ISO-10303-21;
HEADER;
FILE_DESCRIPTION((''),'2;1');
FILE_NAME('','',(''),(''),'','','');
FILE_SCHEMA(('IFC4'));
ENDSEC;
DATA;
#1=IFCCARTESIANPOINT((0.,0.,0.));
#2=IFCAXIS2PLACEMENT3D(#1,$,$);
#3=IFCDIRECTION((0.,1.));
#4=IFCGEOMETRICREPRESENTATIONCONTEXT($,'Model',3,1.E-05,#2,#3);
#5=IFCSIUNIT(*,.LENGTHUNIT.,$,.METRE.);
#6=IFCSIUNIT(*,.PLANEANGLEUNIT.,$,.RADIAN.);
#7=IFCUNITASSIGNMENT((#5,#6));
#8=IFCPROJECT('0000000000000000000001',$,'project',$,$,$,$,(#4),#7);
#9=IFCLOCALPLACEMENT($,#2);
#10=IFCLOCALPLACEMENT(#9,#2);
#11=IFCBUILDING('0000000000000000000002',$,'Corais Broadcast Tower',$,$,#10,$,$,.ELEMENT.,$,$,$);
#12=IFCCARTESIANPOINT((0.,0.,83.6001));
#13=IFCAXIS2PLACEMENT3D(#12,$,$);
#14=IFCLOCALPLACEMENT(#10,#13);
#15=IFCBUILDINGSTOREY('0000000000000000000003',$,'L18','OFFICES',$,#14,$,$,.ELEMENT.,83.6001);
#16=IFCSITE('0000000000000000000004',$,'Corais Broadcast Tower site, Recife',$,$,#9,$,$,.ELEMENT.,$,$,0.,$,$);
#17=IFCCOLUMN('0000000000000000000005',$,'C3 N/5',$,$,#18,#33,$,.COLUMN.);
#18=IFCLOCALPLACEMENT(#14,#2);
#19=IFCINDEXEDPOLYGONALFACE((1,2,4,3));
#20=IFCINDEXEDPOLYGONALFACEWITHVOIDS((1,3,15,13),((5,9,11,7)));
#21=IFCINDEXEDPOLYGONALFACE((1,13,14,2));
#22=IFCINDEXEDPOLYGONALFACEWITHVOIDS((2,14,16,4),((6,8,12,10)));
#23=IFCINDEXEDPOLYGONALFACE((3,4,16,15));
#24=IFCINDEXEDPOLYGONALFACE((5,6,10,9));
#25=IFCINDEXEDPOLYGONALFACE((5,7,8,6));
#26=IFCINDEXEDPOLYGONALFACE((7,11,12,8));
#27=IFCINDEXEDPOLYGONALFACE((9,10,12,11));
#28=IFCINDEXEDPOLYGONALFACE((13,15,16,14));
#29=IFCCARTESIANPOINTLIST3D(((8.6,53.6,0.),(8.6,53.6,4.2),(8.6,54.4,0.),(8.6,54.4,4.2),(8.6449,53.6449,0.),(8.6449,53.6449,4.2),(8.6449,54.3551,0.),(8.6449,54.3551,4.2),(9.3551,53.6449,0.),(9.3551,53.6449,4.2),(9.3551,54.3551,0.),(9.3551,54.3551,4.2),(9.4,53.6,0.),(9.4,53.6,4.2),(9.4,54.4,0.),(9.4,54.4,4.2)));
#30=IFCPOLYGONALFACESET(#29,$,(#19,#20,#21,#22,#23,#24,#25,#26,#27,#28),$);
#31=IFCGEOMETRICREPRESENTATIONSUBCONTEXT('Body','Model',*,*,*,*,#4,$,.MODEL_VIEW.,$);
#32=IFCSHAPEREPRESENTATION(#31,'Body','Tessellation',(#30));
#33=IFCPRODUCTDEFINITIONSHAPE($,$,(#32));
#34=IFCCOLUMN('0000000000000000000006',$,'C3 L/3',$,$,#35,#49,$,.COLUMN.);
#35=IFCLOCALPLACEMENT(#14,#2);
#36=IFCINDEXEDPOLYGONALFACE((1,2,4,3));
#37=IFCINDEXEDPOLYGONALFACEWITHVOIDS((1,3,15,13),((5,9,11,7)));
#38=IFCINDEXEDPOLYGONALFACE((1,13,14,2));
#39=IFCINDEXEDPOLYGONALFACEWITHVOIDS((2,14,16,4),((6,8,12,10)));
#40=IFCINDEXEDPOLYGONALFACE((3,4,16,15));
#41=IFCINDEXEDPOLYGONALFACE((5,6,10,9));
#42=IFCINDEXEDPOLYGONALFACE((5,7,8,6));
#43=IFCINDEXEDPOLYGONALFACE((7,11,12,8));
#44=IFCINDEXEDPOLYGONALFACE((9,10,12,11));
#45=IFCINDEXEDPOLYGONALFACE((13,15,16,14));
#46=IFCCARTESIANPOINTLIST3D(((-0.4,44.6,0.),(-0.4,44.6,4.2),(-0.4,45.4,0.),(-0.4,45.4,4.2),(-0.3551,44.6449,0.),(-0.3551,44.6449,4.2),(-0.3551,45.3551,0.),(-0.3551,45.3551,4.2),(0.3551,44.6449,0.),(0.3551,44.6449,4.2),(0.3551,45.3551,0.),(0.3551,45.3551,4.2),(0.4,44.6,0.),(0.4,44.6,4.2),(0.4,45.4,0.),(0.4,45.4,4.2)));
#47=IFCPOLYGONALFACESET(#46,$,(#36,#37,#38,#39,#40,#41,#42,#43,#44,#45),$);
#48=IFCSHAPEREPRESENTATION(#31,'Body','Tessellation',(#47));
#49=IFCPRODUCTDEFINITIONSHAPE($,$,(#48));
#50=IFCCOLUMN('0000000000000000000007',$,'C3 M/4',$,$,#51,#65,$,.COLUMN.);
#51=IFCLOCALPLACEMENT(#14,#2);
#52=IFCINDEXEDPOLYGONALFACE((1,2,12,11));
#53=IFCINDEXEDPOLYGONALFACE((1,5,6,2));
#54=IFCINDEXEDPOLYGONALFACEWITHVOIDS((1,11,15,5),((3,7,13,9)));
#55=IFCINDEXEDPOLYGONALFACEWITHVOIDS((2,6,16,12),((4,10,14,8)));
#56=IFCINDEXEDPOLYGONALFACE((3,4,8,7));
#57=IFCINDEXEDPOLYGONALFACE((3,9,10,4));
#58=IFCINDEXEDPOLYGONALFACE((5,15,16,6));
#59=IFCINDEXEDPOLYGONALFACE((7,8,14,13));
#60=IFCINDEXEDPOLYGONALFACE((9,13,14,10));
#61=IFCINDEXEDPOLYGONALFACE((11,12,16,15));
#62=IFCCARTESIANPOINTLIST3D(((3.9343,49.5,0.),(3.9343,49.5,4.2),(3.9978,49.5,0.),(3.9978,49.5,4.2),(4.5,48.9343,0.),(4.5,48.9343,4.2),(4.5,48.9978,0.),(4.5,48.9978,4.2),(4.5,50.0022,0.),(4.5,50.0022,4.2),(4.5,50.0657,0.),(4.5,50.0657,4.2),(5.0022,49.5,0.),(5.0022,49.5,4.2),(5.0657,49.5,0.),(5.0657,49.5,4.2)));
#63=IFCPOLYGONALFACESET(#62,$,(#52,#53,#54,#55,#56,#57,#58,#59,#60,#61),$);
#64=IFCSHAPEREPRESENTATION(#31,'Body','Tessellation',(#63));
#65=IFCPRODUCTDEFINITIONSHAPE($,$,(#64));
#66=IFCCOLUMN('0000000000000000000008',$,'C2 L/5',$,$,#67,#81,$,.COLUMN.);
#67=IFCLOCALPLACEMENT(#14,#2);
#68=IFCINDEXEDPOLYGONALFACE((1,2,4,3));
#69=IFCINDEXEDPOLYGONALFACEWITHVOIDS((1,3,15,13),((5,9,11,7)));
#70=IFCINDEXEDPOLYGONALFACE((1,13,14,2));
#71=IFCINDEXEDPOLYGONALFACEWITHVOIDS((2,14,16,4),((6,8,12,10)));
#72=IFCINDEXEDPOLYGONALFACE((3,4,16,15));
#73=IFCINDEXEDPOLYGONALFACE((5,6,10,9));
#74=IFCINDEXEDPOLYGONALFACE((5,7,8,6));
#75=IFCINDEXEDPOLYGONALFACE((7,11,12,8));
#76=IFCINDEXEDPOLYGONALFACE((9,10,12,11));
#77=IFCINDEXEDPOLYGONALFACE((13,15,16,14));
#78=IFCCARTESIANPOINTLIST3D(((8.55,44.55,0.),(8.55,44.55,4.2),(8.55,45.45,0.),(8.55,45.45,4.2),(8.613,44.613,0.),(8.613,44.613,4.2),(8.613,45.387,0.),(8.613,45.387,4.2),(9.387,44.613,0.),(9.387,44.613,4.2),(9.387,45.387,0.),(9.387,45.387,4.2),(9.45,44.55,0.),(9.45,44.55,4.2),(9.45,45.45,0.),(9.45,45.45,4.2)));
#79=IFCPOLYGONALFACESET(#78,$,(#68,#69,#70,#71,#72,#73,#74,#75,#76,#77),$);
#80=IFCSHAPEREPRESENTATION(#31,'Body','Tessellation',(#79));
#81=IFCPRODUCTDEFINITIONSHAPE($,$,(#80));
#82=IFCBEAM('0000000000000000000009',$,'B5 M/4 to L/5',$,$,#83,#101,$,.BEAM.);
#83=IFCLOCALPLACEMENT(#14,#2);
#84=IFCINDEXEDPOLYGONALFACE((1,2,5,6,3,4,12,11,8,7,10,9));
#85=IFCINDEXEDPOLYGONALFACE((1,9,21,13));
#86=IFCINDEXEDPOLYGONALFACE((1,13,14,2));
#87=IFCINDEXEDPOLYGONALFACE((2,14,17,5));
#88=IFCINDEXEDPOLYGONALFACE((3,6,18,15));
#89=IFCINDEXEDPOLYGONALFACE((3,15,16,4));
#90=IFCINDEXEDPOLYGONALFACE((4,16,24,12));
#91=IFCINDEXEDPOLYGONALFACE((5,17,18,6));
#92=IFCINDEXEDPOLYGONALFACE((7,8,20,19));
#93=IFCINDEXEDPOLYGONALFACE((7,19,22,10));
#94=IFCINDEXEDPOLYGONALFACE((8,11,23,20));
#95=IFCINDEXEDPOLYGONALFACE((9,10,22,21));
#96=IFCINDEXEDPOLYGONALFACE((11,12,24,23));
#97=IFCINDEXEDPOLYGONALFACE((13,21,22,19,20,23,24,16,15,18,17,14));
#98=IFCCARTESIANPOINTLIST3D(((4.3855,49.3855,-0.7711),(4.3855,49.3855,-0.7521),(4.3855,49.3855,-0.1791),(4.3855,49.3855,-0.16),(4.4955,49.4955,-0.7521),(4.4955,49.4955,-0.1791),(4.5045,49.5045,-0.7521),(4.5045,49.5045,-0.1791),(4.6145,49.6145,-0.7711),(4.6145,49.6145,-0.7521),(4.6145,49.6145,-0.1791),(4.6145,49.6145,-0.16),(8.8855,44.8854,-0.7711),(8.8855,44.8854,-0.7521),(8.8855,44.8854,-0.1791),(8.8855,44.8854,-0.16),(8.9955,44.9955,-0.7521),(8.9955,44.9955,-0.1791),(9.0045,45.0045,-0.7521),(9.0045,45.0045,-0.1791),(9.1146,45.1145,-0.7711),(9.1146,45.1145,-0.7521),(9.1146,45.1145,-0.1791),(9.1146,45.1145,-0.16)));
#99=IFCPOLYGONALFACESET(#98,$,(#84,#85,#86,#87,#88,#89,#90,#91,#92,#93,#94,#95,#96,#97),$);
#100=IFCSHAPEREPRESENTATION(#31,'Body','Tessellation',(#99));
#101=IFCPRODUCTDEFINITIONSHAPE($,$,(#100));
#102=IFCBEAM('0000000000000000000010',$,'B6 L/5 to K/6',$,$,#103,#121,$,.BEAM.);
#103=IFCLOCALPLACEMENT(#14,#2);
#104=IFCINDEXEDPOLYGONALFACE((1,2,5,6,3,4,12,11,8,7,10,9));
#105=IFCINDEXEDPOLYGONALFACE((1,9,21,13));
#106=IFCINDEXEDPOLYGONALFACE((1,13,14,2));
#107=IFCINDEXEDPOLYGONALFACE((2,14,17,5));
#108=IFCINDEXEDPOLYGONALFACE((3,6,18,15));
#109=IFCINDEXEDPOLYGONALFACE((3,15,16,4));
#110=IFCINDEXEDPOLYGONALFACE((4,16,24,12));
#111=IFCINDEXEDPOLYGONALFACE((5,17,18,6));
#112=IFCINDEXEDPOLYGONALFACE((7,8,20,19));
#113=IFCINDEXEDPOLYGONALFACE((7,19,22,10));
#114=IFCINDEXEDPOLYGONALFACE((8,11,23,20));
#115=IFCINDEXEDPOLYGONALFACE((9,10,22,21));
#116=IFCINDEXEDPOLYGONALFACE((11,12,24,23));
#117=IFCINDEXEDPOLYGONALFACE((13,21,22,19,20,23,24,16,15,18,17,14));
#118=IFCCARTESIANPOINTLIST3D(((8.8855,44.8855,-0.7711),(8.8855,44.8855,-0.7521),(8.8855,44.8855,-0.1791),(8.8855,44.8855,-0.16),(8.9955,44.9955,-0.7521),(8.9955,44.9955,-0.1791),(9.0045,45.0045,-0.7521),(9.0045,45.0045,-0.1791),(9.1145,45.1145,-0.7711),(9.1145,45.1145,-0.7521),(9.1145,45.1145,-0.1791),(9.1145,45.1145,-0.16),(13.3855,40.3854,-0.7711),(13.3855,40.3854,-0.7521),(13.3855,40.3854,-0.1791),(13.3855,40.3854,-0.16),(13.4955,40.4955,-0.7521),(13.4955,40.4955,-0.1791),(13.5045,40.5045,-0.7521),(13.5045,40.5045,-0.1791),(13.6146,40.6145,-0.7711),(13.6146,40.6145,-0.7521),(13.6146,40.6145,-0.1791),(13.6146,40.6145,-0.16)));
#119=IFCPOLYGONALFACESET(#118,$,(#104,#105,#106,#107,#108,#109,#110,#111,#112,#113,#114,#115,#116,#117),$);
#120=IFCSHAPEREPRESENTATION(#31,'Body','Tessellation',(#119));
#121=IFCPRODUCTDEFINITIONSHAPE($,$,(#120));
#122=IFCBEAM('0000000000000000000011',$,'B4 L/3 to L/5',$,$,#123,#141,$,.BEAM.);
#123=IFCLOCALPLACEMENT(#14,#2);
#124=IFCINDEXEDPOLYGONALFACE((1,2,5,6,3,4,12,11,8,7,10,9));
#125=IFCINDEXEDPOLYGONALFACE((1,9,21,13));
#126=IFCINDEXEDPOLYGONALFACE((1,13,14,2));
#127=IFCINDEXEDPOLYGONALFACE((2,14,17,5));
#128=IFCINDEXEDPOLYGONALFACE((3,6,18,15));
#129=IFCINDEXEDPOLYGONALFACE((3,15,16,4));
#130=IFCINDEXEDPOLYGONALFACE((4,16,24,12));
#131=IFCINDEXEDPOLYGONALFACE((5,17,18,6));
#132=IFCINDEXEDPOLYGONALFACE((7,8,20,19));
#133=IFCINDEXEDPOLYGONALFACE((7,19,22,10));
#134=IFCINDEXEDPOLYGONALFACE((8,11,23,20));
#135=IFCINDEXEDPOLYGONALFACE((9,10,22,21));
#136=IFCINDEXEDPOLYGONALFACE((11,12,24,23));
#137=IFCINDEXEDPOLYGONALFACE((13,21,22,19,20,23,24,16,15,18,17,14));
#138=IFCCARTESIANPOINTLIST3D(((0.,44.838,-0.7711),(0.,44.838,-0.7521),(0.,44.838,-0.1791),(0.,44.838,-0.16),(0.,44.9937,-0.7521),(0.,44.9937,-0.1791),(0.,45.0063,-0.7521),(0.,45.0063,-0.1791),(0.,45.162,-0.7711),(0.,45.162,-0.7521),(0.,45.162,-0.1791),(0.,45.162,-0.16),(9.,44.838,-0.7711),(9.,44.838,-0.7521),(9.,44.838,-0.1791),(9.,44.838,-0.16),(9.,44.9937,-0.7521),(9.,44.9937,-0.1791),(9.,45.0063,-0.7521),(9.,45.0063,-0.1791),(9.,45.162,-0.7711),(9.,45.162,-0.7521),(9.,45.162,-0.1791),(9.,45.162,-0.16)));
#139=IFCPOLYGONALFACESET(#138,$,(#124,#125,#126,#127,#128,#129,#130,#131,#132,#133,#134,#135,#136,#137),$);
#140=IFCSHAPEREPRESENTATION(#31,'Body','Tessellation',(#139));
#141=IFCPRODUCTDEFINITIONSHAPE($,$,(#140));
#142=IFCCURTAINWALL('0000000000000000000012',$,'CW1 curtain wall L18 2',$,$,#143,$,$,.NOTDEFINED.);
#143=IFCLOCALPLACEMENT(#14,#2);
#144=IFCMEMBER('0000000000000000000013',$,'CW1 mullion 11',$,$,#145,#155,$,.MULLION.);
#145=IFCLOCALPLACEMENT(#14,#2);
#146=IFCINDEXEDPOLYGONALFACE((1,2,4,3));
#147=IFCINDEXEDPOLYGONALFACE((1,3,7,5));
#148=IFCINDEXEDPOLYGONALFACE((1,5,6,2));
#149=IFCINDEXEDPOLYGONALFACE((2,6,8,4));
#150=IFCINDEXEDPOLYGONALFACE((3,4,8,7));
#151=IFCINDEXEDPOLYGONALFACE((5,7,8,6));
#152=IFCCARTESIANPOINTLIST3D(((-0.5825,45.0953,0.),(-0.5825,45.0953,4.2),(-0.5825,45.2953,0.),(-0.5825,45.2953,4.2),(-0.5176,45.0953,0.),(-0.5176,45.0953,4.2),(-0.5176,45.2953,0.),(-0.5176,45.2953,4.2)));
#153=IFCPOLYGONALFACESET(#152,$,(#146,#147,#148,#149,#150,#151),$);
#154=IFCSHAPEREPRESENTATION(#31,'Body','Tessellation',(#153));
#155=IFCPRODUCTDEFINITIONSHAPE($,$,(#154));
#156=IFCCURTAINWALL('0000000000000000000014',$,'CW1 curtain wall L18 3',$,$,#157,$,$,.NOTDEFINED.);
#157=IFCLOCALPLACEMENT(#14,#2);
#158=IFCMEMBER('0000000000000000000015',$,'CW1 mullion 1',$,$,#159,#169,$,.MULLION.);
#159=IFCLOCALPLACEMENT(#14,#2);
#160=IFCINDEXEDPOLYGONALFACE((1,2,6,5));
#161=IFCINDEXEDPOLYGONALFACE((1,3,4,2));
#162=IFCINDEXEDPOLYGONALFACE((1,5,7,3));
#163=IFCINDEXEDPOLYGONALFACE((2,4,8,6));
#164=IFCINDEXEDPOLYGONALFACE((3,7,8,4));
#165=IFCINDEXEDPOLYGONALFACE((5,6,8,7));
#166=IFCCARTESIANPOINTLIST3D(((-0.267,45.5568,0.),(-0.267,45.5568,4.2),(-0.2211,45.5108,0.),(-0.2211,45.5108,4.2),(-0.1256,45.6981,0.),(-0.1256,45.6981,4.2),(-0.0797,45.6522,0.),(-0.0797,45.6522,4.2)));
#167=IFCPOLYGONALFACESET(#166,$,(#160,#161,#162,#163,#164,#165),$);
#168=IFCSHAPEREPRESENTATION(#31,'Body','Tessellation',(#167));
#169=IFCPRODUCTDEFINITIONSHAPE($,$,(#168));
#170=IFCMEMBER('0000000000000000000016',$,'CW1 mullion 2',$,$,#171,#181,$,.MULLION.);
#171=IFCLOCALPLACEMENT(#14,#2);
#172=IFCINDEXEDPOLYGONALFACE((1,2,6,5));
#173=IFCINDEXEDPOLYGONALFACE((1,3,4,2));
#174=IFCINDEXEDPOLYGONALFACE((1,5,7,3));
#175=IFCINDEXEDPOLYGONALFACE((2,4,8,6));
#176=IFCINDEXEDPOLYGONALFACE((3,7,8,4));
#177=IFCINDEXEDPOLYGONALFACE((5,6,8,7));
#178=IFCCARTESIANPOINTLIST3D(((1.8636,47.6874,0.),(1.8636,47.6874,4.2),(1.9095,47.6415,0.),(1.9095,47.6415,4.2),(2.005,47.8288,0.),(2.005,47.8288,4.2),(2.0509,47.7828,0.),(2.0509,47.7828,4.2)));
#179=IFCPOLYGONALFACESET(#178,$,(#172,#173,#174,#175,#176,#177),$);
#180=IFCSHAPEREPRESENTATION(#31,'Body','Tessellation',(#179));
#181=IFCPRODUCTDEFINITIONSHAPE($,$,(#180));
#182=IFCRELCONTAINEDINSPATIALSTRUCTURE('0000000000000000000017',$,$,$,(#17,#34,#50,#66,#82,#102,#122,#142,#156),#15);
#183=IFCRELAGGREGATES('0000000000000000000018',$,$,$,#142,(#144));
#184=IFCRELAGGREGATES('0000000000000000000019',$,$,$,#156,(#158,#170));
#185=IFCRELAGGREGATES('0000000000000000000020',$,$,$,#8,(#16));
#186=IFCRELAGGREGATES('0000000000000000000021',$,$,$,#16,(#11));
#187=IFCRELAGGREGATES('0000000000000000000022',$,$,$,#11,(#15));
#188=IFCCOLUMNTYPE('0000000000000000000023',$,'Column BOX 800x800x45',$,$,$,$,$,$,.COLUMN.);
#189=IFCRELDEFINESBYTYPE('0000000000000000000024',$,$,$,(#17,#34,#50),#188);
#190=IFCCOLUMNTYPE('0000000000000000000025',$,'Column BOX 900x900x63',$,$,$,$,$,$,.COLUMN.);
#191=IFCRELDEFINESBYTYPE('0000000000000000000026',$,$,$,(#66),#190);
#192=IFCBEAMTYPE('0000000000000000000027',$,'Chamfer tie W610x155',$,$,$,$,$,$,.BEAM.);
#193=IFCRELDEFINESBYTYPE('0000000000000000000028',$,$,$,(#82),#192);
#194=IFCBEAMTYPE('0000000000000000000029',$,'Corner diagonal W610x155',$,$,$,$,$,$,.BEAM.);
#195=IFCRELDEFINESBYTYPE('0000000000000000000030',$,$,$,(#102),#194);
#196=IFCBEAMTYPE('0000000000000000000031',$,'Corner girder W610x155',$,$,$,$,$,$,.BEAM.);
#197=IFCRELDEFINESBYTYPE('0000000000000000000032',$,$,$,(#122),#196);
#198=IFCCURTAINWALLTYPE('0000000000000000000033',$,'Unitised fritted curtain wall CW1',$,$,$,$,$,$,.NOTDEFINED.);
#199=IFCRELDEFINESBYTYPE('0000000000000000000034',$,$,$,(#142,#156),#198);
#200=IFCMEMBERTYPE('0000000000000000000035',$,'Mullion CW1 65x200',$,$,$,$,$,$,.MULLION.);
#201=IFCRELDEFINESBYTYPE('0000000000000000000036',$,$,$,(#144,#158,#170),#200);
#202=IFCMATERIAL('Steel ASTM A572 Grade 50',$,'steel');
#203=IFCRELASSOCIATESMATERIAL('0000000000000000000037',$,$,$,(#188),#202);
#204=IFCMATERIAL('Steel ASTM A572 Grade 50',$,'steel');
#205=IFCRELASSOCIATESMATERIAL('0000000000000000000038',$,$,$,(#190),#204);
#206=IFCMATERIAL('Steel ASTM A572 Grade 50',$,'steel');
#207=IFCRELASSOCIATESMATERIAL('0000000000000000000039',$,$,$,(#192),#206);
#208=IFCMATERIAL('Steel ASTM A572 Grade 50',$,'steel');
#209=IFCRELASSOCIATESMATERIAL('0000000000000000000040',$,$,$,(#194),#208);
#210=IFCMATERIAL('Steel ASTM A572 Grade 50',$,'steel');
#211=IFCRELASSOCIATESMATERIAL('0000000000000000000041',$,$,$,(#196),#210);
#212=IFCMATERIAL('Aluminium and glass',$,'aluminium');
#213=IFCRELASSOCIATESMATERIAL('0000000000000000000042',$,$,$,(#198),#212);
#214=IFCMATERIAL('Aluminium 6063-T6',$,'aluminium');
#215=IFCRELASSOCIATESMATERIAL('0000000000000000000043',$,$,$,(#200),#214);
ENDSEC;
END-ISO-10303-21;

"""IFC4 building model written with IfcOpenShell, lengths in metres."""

from ifc_helpers import new_model, si_unit, direction, frame, origin, origin_2d, place, context, subcontext, project, spatial, rectangle, hollow_rectangle, i_section, extrude, material, material_profile, profile_set, type_object, element, aggregate, save


model = new_model("IFC4")

# Units and contexts
model_context = context("Model", 3, precision=1e-05, world=origin(), true_north=direction((0.0, 1.0)))
body_context = subcontext(model_context, "Body", "Model", "MODEL_VIEW")
ifc_project = project(units=[si_unit("LENGTHUNIT", "METRE"), si_unit("PLANEANGLEUNIT", "RADIAN")], contexts=[model_context])

# Site, building, storey
site_placement = place(None, origin())
site = spatial("IfcSite", under=ifc_project, at=site_placement, Name="Corais Broadcast Tower site, Recife", CompositionType="ELEMENT", RefElevation=0.0)
building_placement = place(site_placement, origin())
building = spatial("IfcBuilding", under=site, at=building_placement, Name="Corais Broadcast Tower", CompositionType="ELEMENT")
storey_placement = place(building_placement, frame((0.0, 0.0, 83.6001)))
storey = spatial("IfcBuildingStorey", under=building, at=storey_placement, Name="L18", Description="OFFICES", CompositionType="ELEMENT", Elevation=83.6001)

# Columns
ifc_material_1 = material(Name="Steel ASTM A572 Grade 50", Category="steel")
ifc_material_profile_1 = material_profile(ifc_material_1, hollow_rectangle(XDim=0.8, YDim=0.8, WallThickness=0.0449, at=origin_2d()), Name="BOX 800x800x45")
ifc_profile_set_1 = profile_set([ifc_material_profile_1], Name="Steel ASTM A572 Grade 50")
column_type_1 = type_object("IfcColumnType", Name="Column BOX 800x800x45", PredefinedType="COLUMN", material=ifc_profile_set_1)
for number, where, z_axis, x_axis, name in (
    (1, (9.0, 54.0, 0.0), (0.0, 0.0, 1.0), (1.0, 0.0, 0.0), "C3 N/5"),
    (2, (0.0, 45.0, 0.0), (0.0, 0.0, 1.0), (1.0, 0.0, 0.0), "C3 L/3"),
    (3, (4.5, 49.5, 0.0), (0.0, 0.0, 1.0), (0.707107, 0.707107, 0.0), "C3 M/4"),
):
    element("IfcColumn", number, at=place(storey_placement, frame(where, z_axis=z_axis, x_axis=x_axis)), inside=storey, type_object=column_type_1, Name=name, PredefinedType="COLUMN", context=body_context, shape_type="SweptSolid", body=[
        extrude(hollow_rectangle(XDim=0.8, YDim=0.8, WallThickness=0.0449, at=origin_2d()), origin(), (0.0, 0.0, 1.0), 4.2),
    ])
ifc_material_2 = material(Name="Steel ASTM A572 Grade 50", Category="steel")
ifc_material_profile_2 = material_profile(ifc_material_2, hollow_rectangle(XDim=0.8999, YDim=0.8999, WallThickness=0.063, at=origin_2d()), Name="BOX 900x900x63")
ifc_profile_set_2 = profile_set([ifc_material_profile_2], Name="Steel ASTM A572 Grade 50")
column_type_2 = type_object("IfcColumnType", Name="Column BOX 900x900x63", PredefinedType="COLUMN", material=ifc_profile_set_2)
column_placement = place(storey_placement, frame((9.0, 45.0, 0.0), z_axis=(0.0, 0.0, 1.0), x_axis=(1.0, 0.0, 0.0)))
element("IfcColumn", 4, at=column_placement, inside=storey, type_object=column_type_2, Name="C2 L/5", PredefinedType="COLUMN", context=body_context, shape_type="SweptSolid", body=[
    extrude(hollow_rectangle(XDim=0.8999, YDim=0.8999, WallThickness=0.063, at=origin_2d()), origin(), (0.0, 0.0, 1.0), 4.2),
])

# Beams
ifc_material_3 = material(Name="Steel ASTM A572 Grade 50", Category="steel")
ifc_material_profile_3 = material_profile(ifc_material_3, i_section(OverallWidth=0.324, OverallDepth=0.6111, WebThickness=0.0127, FlangeThickness=0.019, at=origin_2d()), Name="W610x155")
ifc_profile_set_3 = profile_set([ifc_material_profile_3], Name="Steel ASTM A572 Grade 50")
beam_type_1 = type_object("IfcBeamType", Name="Chamfer tie W610x155", PredefinedType="BEAM", material=ifc_profile_set_3)
beam_1_placement = place(storey_placement, frame((4.5, 49.5, -0.4656), z_axis=(0.707107, -0.707107, 0.0), x_axis=(0.707107, 0.707107, 0.0)))
element("IfcBeam", 5, at=beam_1_placement, inside=storey, type_object=beam_type_1, Name="B5 M/4 to L/5", PredefinedType="BEAM", context=body_context, shape_type="SweptSolid", body=[
    extrude(i_section(OverallWidth=0.324, OverallDepth=0.6111, WebThickness=0.0127, FlangeThickness=0.019, at=origin_2d()), origin(), (0.0, 0.0, 1.0), 6.364),
])
ifc_material_4 = material(Name="Steel ASTM A572 Grade 50", Category="steel")
ifc_material_profile_4 = material_profile(ifc_material_4, i_section(OverallWidth=0.324, OverallDepth=0.6111, WebThickness=0.0127, FlangeThickness=0.019, at=origin_2d()), Name="W610x155")
ifc_profile_set_4 = profile_set([ifc_material_profile_4], Name="Steel ASTM A572 Grade 50")
beam_type_2 = type_object("IfcBeamType", Name="Corner diagonal W610x155", PredefinedType="BEAM", material=ifc_profile_set_4)
beam_2_placement = place(storey_placement, frame((9.0, 45.0, -0.4656), z_axis=(0.707107, -0.707107, 0.0), x_axis=(0.707107, 0.707107, 0.0)))
element("IfcBeam", 6, at=beam_2_placement, inside=storey, type_object=beam_type_2, Name="B6 L/5 to K/6", PredefinedType="BEAM", context=body_context, shape_type="SweptSolid", body=[
    extrude(i_section(OverallWidth=0.324, OverallDepth=0.6111, WebThickness=0.0127, FlangeThickness=0.019, at=origin_2d()), origin(), (0.0, 0.0, 1.0), 6.364),
])
ifc_material_5 = material(Name="Steel ASTM A572 Grade 50", Category="steel")
ifc_material_profile_5 = material_profile(ifc_material_5, i_section(OverallWidth=0.324, OverallDepth=0.6111, WebThickness=0.0127, FlangeThickness=0.019, at=origin_2d()), Name="W610x155")
ifc_profile_set_5 = profile_set([ifc_material_profile_5], Name="Steel ASTM A572 Grade 50")
beam_type_3 = type_object("IfcBeamType", Name="Corner girder W610x155", PredefinedType="BEAM", material=ifc_profile_set_5)
beam_3_placement = place(storey_placement, frame((0.0, 45.0, -0.4656), z_axis=(1.0, 0.0, 0.0), x_axis=(0.0, 1.0, 0.0)))
element("IfcBeam", 7, at=beam_3_placement, inside=storey, type_object=beam_type_3, Name="B4 L/3 to L/5", PredefinedType="BEAM", context=body_context, shape_type="SweptSolid", body=[
    extrude(i_section(OverallWidth=0.324, OverallDepth=0.6111, WebThickness=0.0127, FlangeThickness=0.019, at=origin_2d()), origin(), (0.0, 0.0, 1.0), 9.0),
])

# Curtain wall, member
ifc_material_6 = material(Name="Aluminium and glass", Category="aluminium")
curtain_wall_type = type_object("IfcCurtainWallType", Name="Unitised fritted curtain wall CW1", PredefinedType="NOTDEFINED", material=ifc_material_6)
curtain_wall_1_placement = place(storey_placement, origin())
curtain_wall_1 = element("IfcCurtainWall", 8, at=curtain_wall_1_placement, inside=storey, type_object=curtain_wall_type, Name="CW1 curtain wall L18 2", PredefinedType="NOTDEFINED")
ifc_material_7 = material(Name="Aluminium 6063-T6", Category="aluminium")
ifc_material_profile_6 = material_profile(ifc_material_7, rectangle(XDim=0.0649, YDim=0.2, at=origin_2d()), Name="Mullion CW1 65x200")
ifc_profile_set_6 = profile_set([ifc_material_profile_6], Name="Aluminium 6063-T6")
member_type_1 = type_object("IfcMemberType", Name="Mullion CW1 65x200", PredefinedType="MULLION", material=ifc_profile_set_6)
member_1_placement = place(storey_placement, frame((-0.55, 45.1953, 0.0), z_axis=(0.0, 0.0, 1.0), x_axis=(-1.0, 0.0, 0.0)))
member_1 = element("IfcMember", 9, at=member_1_placement, type_object=member_type_1, Name="CW1 mullion 11", PredefinedType="MULLION", context=body_context, shape_type="SweptSolid", body=[
    extrude(rectangle(XDim=0.0649, YDim=0.2, at=origin_2d()), origin(), (0.0, 0.0, 1.0), 4.2),
])
aggregate(curtain_wall_1, [member_1])

# Curtain wall, members
curtain_wall_2_placement = place(storey_placement, origin())
curtain_wall_2 = element("IfcCurtainWall", 10, at=curtain_wall_2_placement, inside=storey, type_object=curtain_wall_type, Name="CW1 curtain wall L18 3", PredefinedType="NOTDEFINED")
member_2_placement = place(storey_placement, frame((-0.1733, 45.6045, 0.0), z_axis=(0.0, 0.0, 1.0), x_axis=(-0.707107, 0.707107, 0.0)))
member_2 = element("IfcMember", 11, at=member_2_placement, type_object=member_type_1, Name="CW1 mullion 1", PredefinedType="MULLION", context=body_context, shape_type="SweptSolid", body=[
    extrude(rectangle(XDim=0.0649, YDim=0.2, at=origin_2d()), origin(), (0.0, 0.0, 1.0), 4.2),
])
member_3_placement = place(storey_placement, frame((1.9573, 47.7351, 0.0), z_axis=(0.0, 0.0, 1.0), x_axis=(-0.707107, 0.707107, 0.0)))
member_3 = element("IfcMember", 12, at=member_3_placement, type_object=member_type_1, Name="CW1 mullion 2", PredefinedType="MULLION", context=body_context, shape_type="SweptSolid", body=[
    extrude(rectangle(XDim=0.0649, YDim=0.2, at=origin_2d()), origin(), (0.0, 0.0, 1.0), 4.2),
])

aggregate(curtain_wall_2, [member_2, member_3])

save(model, "model.ifc")
